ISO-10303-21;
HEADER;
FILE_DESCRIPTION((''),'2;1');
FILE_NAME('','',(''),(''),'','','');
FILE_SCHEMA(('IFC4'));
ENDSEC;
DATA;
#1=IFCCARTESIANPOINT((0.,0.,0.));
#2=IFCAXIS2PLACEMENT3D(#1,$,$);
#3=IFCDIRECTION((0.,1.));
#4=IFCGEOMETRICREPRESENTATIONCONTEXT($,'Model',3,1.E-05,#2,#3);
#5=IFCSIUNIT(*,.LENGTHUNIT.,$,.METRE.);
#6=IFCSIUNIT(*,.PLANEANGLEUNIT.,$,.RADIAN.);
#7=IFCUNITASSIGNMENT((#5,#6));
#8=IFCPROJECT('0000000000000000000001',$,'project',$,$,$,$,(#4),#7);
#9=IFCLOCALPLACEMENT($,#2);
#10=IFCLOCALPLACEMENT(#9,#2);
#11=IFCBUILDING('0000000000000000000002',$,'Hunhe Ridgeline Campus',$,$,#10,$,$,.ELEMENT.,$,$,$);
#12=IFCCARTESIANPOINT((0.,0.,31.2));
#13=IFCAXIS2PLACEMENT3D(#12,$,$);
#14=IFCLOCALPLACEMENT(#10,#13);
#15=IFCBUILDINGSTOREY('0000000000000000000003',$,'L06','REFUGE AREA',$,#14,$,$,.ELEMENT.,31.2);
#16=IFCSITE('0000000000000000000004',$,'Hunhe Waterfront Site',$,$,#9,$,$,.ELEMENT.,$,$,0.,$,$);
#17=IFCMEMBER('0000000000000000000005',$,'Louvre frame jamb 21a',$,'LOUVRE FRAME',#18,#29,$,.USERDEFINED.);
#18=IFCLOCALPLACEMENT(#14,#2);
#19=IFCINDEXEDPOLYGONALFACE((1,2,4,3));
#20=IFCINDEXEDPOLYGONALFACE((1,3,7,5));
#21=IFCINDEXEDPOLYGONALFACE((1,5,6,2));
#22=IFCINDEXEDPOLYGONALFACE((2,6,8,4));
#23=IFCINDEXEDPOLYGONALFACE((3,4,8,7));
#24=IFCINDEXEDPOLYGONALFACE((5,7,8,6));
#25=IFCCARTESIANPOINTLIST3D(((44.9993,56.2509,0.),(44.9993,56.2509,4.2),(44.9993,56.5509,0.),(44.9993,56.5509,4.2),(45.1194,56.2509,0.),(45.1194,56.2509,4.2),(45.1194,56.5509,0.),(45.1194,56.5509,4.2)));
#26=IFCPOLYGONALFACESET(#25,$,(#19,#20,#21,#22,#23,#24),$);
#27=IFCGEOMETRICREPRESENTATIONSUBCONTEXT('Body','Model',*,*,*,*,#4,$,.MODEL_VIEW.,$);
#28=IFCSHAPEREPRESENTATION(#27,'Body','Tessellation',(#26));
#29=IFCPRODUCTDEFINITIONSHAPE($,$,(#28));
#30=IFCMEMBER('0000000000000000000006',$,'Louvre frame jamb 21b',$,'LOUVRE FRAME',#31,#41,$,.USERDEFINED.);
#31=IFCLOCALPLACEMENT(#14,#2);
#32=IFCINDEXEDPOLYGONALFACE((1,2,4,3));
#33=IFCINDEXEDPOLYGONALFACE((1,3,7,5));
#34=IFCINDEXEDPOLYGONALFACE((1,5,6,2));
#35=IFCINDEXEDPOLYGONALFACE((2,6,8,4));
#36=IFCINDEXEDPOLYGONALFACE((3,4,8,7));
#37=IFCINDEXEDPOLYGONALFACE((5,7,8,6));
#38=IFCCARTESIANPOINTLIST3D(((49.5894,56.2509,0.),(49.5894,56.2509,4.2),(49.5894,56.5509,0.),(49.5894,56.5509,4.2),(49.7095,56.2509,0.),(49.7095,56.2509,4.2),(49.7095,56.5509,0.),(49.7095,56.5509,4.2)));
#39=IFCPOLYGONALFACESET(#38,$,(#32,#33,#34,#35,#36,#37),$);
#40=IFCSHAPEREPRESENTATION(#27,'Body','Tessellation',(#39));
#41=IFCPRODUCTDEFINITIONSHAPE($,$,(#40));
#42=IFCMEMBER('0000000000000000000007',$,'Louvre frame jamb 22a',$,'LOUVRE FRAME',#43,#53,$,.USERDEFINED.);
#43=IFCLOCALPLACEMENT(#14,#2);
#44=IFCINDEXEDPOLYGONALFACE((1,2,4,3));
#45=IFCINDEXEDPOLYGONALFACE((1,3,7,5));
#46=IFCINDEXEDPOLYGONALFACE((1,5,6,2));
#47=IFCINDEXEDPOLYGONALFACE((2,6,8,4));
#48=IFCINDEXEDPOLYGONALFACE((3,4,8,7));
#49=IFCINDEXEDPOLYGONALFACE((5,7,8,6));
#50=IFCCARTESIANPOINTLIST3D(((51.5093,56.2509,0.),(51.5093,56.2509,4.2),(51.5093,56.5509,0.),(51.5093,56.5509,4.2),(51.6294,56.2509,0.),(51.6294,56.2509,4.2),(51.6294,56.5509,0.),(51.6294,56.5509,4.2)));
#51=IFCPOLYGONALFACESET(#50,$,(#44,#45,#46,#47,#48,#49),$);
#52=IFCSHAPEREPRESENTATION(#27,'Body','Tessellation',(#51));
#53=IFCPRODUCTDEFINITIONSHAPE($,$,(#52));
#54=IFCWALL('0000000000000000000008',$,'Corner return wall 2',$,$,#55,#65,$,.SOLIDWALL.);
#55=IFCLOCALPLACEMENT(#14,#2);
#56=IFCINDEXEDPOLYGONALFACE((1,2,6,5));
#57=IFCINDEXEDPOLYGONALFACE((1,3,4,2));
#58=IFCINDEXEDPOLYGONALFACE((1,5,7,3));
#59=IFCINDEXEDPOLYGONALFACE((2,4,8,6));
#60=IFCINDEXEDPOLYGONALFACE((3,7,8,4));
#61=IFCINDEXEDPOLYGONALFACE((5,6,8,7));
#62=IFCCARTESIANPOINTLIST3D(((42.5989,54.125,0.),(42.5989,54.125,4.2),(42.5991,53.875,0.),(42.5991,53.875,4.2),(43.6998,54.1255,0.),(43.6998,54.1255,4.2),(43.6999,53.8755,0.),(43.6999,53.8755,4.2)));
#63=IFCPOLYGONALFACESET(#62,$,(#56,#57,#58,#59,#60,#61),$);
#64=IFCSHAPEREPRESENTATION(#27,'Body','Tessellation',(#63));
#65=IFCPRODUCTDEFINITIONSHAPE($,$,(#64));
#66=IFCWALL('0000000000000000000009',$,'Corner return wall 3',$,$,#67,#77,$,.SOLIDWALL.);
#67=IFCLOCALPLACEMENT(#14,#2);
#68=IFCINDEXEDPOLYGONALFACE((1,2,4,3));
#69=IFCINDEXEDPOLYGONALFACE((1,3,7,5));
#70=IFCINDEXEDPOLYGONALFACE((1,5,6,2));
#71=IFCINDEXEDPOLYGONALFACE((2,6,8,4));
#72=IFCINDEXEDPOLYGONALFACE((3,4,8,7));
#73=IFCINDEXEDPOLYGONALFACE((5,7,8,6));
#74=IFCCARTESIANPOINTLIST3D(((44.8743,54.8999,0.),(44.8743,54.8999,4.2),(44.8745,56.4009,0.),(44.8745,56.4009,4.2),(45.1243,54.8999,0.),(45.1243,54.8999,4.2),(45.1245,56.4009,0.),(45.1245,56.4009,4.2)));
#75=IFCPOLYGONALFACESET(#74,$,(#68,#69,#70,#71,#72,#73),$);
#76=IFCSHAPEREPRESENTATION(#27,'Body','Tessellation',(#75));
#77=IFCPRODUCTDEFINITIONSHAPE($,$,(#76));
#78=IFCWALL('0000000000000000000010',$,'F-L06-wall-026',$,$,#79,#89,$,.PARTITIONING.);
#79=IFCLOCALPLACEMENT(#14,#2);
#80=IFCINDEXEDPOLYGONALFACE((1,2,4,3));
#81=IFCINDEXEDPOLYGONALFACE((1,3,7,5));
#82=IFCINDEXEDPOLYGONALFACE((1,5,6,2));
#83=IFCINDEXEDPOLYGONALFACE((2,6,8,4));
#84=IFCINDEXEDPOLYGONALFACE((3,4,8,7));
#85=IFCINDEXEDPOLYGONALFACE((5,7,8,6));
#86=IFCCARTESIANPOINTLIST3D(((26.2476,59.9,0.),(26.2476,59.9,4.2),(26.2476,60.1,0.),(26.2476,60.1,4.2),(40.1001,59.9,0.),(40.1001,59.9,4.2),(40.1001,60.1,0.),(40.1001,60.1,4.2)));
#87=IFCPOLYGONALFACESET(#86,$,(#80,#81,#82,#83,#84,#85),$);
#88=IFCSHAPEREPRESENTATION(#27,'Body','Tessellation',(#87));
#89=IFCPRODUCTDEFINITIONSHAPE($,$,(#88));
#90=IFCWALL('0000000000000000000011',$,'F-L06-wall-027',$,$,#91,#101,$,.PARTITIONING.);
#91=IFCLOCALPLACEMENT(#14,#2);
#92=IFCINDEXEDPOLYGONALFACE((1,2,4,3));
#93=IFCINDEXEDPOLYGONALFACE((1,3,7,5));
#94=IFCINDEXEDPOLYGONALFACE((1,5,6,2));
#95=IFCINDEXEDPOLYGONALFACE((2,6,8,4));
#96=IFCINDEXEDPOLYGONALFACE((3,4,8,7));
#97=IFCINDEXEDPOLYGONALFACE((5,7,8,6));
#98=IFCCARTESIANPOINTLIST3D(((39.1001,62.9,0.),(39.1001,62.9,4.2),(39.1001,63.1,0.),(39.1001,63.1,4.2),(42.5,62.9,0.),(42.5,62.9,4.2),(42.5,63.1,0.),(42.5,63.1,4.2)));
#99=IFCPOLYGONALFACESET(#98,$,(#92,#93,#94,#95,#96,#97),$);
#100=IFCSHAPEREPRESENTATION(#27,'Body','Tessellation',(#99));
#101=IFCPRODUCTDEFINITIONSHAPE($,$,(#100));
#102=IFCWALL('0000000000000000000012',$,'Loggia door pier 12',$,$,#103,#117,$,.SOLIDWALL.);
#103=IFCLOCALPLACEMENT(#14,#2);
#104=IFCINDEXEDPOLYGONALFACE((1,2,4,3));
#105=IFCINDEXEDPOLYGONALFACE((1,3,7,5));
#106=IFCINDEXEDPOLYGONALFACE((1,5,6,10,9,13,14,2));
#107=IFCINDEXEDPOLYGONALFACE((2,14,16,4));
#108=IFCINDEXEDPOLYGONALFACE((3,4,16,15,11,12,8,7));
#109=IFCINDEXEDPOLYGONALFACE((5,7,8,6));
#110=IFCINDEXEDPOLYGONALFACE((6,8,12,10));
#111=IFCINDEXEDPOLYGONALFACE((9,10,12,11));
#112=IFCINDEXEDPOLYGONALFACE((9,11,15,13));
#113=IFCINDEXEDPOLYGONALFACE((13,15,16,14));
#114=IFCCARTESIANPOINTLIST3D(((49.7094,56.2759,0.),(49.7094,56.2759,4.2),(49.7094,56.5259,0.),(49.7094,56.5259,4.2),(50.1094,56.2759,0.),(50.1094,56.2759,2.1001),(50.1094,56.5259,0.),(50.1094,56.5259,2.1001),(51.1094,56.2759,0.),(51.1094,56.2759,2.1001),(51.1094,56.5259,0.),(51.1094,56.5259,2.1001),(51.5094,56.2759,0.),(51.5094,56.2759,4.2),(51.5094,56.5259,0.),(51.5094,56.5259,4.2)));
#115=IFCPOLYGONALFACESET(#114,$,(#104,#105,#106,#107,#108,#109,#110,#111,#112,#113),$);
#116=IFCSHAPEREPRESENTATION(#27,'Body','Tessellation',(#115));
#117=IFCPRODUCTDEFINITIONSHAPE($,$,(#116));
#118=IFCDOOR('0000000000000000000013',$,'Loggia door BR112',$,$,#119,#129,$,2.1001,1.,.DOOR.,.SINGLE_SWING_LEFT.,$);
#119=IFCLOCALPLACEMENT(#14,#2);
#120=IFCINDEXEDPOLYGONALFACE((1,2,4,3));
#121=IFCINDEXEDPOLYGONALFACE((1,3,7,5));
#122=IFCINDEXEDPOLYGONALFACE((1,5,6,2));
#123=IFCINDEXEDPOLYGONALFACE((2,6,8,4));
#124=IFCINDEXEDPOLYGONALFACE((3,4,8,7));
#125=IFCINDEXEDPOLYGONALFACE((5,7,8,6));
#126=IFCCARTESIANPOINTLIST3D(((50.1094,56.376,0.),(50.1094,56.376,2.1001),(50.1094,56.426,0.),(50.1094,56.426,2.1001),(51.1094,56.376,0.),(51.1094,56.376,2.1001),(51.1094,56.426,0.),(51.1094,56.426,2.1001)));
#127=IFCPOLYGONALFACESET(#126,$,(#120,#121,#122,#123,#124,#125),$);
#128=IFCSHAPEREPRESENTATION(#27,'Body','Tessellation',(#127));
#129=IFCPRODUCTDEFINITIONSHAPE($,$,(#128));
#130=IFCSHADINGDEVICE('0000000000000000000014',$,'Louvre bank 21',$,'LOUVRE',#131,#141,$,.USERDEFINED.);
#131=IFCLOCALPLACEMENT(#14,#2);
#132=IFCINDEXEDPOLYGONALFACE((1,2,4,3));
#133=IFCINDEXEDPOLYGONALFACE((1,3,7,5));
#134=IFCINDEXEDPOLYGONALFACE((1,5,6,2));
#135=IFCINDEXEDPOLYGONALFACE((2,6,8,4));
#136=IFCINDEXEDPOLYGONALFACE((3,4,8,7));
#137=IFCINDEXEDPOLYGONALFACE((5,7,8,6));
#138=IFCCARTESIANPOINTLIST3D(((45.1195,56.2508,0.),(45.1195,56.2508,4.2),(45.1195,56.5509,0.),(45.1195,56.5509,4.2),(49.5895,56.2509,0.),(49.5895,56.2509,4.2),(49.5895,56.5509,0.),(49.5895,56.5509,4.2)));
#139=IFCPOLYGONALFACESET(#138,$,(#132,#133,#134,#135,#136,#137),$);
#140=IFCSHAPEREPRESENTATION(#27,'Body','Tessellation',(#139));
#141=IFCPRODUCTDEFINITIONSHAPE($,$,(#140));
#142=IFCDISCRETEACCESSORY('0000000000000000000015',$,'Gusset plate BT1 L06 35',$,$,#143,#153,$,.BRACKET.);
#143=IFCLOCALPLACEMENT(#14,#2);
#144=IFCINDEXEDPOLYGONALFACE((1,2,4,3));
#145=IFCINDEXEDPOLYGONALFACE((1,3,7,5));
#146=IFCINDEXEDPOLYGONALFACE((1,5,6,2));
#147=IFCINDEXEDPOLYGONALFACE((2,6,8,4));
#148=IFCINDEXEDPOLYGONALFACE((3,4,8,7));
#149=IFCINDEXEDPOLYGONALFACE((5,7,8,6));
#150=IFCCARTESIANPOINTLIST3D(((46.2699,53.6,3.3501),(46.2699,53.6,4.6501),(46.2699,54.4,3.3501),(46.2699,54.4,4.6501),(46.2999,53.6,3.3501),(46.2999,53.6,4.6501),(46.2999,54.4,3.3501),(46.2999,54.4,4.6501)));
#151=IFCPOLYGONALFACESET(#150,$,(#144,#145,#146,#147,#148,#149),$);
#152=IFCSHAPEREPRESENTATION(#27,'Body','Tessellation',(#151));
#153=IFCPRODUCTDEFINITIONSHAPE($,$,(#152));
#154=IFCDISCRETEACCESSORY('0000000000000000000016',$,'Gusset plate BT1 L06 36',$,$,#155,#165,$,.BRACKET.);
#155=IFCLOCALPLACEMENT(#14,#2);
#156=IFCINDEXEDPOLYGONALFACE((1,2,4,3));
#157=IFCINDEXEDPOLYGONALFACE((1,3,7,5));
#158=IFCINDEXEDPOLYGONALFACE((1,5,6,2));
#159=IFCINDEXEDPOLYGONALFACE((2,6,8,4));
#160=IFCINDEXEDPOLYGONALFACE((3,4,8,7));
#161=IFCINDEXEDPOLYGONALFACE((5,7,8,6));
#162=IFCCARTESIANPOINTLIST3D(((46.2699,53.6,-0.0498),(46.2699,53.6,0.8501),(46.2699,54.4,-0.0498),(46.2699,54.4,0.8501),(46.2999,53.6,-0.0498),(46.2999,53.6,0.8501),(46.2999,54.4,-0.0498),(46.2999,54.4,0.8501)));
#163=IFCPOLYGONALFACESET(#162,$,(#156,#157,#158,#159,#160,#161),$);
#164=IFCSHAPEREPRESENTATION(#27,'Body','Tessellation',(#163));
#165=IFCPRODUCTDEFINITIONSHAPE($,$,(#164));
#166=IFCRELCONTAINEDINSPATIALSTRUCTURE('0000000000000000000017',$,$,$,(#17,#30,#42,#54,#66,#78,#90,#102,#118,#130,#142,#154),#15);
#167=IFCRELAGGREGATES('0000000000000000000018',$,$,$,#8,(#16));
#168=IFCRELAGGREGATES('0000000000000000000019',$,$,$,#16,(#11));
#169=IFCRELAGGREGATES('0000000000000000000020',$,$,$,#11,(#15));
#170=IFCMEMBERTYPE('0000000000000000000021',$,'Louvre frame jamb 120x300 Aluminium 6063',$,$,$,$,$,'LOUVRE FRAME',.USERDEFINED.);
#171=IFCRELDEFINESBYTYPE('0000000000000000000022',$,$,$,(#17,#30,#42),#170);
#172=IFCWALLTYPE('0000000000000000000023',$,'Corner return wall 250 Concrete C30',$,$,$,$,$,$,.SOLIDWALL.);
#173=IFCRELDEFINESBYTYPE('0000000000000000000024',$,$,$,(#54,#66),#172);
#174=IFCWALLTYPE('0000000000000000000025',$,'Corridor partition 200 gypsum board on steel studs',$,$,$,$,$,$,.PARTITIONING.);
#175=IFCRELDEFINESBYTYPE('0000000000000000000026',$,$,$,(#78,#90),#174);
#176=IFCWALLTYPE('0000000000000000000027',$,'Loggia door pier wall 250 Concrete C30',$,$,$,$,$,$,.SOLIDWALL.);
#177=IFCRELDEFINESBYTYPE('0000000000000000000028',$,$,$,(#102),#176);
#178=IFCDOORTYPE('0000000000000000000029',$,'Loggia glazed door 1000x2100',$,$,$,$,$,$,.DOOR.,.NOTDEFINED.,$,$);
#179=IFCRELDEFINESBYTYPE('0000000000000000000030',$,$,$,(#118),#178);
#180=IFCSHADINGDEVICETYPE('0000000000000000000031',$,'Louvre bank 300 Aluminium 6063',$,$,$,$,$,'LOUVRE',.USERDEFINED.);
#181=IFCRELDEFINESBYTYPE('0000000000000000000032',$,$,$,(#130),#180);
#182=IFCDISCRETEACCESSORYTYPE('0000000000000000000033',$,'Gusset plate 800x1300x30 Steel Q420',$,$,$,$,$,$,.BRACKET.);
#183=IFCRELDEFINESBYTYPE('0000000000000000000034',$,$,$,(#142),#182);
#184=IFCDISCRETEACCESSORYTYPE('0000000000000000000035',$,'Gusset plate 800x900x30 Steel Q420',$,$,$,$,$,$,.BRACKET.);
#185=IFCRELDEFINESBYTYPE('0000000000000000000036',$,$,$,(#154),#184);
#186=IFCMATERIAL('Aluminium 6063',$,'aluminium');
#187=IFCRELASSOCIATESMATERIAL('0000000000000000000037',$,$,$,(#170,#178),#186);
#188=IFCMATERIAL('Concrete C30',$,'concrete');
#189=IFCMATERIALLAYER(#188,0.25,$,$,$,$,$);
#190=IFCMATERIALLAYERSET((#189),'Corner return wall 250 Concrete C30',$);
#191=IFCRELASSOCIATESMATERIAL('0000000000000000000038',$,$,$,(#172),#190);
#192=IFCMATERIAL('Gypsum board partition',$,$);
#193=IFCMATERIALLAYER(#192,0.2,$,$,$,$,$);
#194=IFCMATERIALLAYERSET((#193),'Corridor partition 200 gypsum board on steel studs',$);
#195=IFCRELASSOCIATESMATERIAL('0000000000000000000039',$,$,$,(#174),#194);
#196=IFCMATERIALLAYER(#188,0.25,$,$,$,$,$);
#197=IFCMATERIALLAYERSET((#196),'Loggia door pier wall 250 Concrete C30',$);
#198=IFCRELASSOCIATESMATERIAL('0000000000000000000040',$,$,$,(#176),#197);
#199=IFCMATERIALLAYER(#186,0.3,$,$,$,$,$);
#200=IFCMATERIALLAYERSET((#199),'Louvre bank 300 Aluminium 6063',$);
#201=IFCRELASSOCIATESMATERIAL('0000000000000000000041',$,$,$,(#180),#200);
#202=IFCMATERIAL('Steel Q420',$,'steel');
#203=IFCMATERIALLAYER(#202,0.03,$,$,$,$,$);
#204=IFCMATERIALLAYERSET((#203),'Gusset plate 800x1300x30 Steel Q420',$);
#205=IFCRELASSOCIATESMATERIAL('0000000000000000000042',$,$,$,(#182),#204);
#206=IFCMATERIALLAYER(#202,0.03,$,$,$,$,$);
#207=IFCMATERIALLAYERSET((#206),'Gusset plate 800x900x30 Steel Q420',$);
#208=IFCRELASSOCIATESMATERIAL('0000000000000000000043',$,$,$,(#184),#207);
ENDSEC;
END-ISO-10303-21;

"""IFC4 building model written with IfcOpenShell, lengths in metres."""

from ifc_helpers import new_model, si_unit, direction, frame, frame_2d, origin, origin_2d, place, context, subcontext, project, spatial, rectangle, extrude, material, layer, layer_set, material_profile, profile_set, type_object, element, fill, save


model = new_model("IFC4")

# Units and contexts
model_context = context("Model", 3, precision=1e-05, world=origin(), true_north=direction((0.0, 1.0)))
body_context = subcontext(model_context, "Body", "Model", "MODEL_VIEW")
ifc_project = project(units=[si_unit("LENGTHUNIT", "METRE"), si_unit("PLANEANGLEUNIT", "RADIAN")], contexts=[model_context])

# Site, building, storey
site_placement = place(None, origin())
site = spatial("IfcSite", under=ifc_project, at=site_placement, Name="Hunhe Waterfront Site", CompositionType="ELEMENT", RefElevation=0.0)
building_placement = place(site_placement, origin())
building = spatial("IfcBuilding", under=site, at=building_placement, Name="Hunhe Ridgeline Campus", CompositionType="ELEMENT")
storey_placement = place(building_placement, frame((0.0, 0.0, 31.2)))
storey = spatial("IfcBuildingStorey", under=building, at=storey_placement, Name="L06", Description="REFUGE AREA", CompositionType="ELEMENT", Elevation=31.2)

# Members
ifc_material_1 = material(Name="Steel Q420", Category="steel")
ifc_material_2 = material(Name="Aluminium 6063", Category="aluminium")
ifc_material_profile_1 = material_profile(ifc_material_2, rectangle(XDim=0.3, YDim=0.1201, at=origin_2d()))
ifc_profile_set_1 = profile_set([ifc_material_profile_1], Name="Aluminium 6063")
member_type_1 = type_object("IfcMemberType", Name="Louvre frame jamb 120x300 Aluminium 6063", ElementType="LOUVRE FRAME", PredefinedType="USERDEFINED", material=ifc_profile_set_1)
for number, where, z_axis, x_axis, name in (
    (1, (45.0593, 56.4009, 0.0), (0.0, 0.0, 1.0), (-0.000004, 1.0, 0.0), "Louvre frame jamb 21a"),
    (2, (49.6494, 56.4009, 0.0), (0.0, 0.0, 1.0), (-0.000004, 1.0, 0.0), "Louvre frame jamb 21b"),
    (3, (51.5693, 56.4009, 0.0), (0.0, 0.0, 1.0), (-0.000004, 1.0, 0.0), "Louvre frame jamb 22a"),
):
    element("IfcMember", number, at=place(storey_placement, frame(where, z_axis=z_axis, x_axis=x_axis)), inside=storey, type_object=member_type_1, Name=name, ObjectType="LOUVRE FRAME", PredefinedType="USERDEFINED", context=body_context, shape_type="SweptSolid", body=[
        extrude(rectangle(XDim=0.3, YDim=0.1201, at=origin_2d()), origin(), (0.0, 0.0, 1.0), 4.2),
    ])

# Walls
ifc_material_3 = material(Name="Concrete C30", Category="concrete")
ifc_layer_1 = layer(ifc_material_3, 0.25)
ifc_layer_set_1 = layer_set([ifc_layer_1], Name="Corner return wall 250 Concrete C30")
wall_type_1 = type_object("IfcWallType", Name="Corner return wall 250 Concrete C30", PredefinedType="SOLIDWALL", material=ifc_layer_set_1)
wall_1_placement = place(storey_placement, frame((42.5991, 54.0, 0.0), z_axis=(0.0, 0.0, 1.0), x_axis=(1.0, 0.000444, 0.0)))
element("IfcWall", 4, at=wall_1_placement, inside=storey, type_object=wall_type_1, Name="Corner return wall 2", PredefinedType="SOLIDWALL", context=body_context, shape_type="SweptSolid", body=[
    extrude(rectangle(XDim=1.1008, YDim=0.25, at=frame_2d((0.5503, 0.0))), origin(), (0.0, 0.0, 1.0), 4.2),
])
wall_2_placement = place(storey_placement, frame((44.9993, 54.8999, 0.0), z_axis=(0.0, 0.0, 1.0), x_axis=(0.000163, 1.0, 0.0)))
element("IfcWall", 5, at=wall_2_placement, inside=storey, type_object=wall_type_1, Name="Corner return wall 3", PredefinedType="SOLIDWALL", context=body_context, shape_type="SweptSolid", body=[
    extrude(rectangle(XDim=1.501, YDim=0.25, at=frame_2d((0.7505, 0.0))), origin(), (0.0, 0.0, 1.0), 4.2),
])
ifc_material_4 = material(Name="Gypsum board partition")
ifc_layer_2 = layer(ifc_material_4, 0.2)
ifc_layer_set_2 = layer_set([ifc_layer_2], Name="Corridor partition 200 gypsum board on steel studs")
wall_type_2 = type_object("IfcWallType", Name="Corridor partition 200 gypsum board on steel studs", PredefinedType="PARTITIONING", material=ifc_layer_set_2)
wall_3_placement = place(storey_placement, frame((40.1001, 60.0, 0.0), z_axis=(0.0, 0.0, 1.0), x_axis=(-1.0, 0.0, 0.0)))
element("IfcWall", 6, at=wall_3_placement, inside=storey, type_object=wall_type_2, Name="F-L06-wall-026", PredefinedType="PARTITIONING", context=body_context, shape_type="SweptSolid", body=[
    extrude(rectangle(XDim=13.8525, YDim=0.2, at=frame_2d((6.9263, 0.0))), origin(), (0.0, 0.0, 1.0), 4.2),
])
wall_4_placement = place(storey_placement, frame((39.1001, 63.0, 0.0), z_axis=(0.0, 0.0, 1.0), x_axis=(1.0, 0.0, 0.0)))
element("IfcWall", 7, at=wall_4_placement, inside=storey, type_object=wall_type_2, Name="F-L06-wall-027", PredefinedType="PARTITIONING", context=body_context, shape_type="SweptSolid", body=[
    extrude(rectangle(XDim=3.3999, YDim=0.2, at=frame_2d((1.7, 0.0))), origin(), (0.0, 0.0, 1.0), 4.2),
])

# Wall, opening, door
ifc_layer_3 = layer(ifc_material_3, 0.25)
ifc_layer_set_3 = layer_set([ifc_layer_3], Name="Loggia door pier wall 250 Concrete C30")
wall_type_3 = type_object("IfcWallType", Name="Loggia door pier wall 250 Concrete C30", PredefinedType="SOLIDWALL", material=ifc_layer_set_3)
wall_5_placement = place(storey_placement, frame((49.7095, 56.4009, 0.0), z_axis=(0.0, 0.0, 1.0), x_axis=(1.0, 0.0, 0.0)))
wall_5 = element("IfcWall", 8, at=wall_5_placement, inside=storey, type_object=wall_type_3, Name="Loggia door pier 12", PredefinedType="SOLIDWALL", context=body_context, shape_type="SweptSolid", body=[
    extrude(rectangle(XDim=1.8, YDim=0.25, at=frame_2d((0.8999, 0.0))), origin(), (0.0, 0.0, 1.0), 4.2),
])
opening_1_placement = place(wall_5_placement, frame((0.3999, 0.0, 0.0)))
opening_1 = element("IfcOpeningElement", 9, at=opening_1_placement, cuts=wall_5, PredefinedType="OPENING", context=body_context, shape_type="SweptSolid", body=[
    extrude(rectangle(XDim=1.0, YDim=2.1001, at=frame_2d((0.5, 1.05))), frame((0.0, 0.125, 0.0), z_axis=(0.0, -1.0, 0.0), x_axis=(1.0, 0.0, 0.0)), (0.0, 0.0, 1.0), 0.25),
])
door_type_1 = type_object("IfcDoorType", Name="Loggia glazed door 1000x2100", OperationType="NOTDEFINED", PredefinedType="DOOR", material=ifc_material_2)
door_1_placement = place(opening_1_placement, frame((1.0, 0.0, 0.0), z_axis=(0.0, 0.0, 1.0), x_axis=(-1.0, 0.0, 0.0)))
door_1 = element("IfcDoor", 10, at=door_1_placement, inside=storey, type_object=door_type_1, Name="Loggia door BR112", OperationType="SINGLE_SWING_LEFT", OverallHeight=2.1001, OverallWidth=1.0, PredefinedType="DOOR", context=body_context, shape_type="SweptSolid", body=[
    extrude(rectangle(XDim=1.0, YDim=2.1001, at=frame_2d((0.5, 1.05))), frame((0.0, 0.0249, 0.0), z_axis=(0.0, -1.0, 0.0), x_axis=(1.0, 0.0, 0.0)), (0.0, 0.0, 1.0), 0.05),
])
fill(opening_1, door_1)

# Shading device
ifc_layer_4 = layer(ifc_material_2, 0.3)
ifc_layer_set_4 = layer_set([ifc_layer_4], Name="Louvre bank 300 Aluminium 6063")
shading_device_type = type_object("IfcShadingDeviceType", Name="Louvre bank 300 Aluminium 6063", ElementType="LOUVRE", PredefinedType="USERDEFINED", material=ifc_layer_set_4)
shading_device_placement = place(storey_placement, frame((47.3545, 56.4009, 0.0), z_axis=(0.0, 0.0, 1.0), x_axis=(1.0, 0.000004, 0.0)))
element("IfcShadingDevice", 11, at=shading_device_placement, inside=storey, type_object=shading_device_type, Name="Louvre bank 21", ObjectType="LOUVRE", PredefinedType="USERDEFINED", context=body_context, shape_type="SweptSolid", body=[
    extrude(rectangle(XDim=4.47, YDim=0.3, at=origin_2d()), origin(), (0.0, 0.0, 1.0), 4.2),
])

# Discrete accessories
ifc_layer_5 = layer(ifc_material_1, 0.03)
ifc_layer_set_5 = layer_set([ifc_layer_5], Name="Gusset plate 800x1300x30 Steel Q420")
discrete_accessory_type_1 = type_object("IfcDiscreteAccessoryType", Name="Gusset plate 800x1300x30 Steel Q420", PredefinedType="BRACKET", material=ifc_layer_set_5)
discrete_accessory_1_placement = place(storey_placement, frame((46.2849, 54.0, 3.3501), z_axis=(0.0, 0.0, 1.0), x_axis=(-1.0, 0.0, 0.0)))
element("IfcDiscreteAccessory", 12, at=discrete_accessory_1_placement, inside=storey, type_object=discrete_accessory_type_1, Name="Gusset plate BT1 L06 35", PredefinedType="BRACKET", context=body_context, shape_type="SweptSolid", body=[
    extrude(rectangle(XDim=0.03, YDim=0.8, at=origin_2d()), origin(), (0.0, 0.0, 1.0), 1.3),
])
ifc_layer_6 = layer(ifc_material_1, 0.03)
ifc_layer_set_6 = layer_set([ifc_layer_6], Name="Gusset plate 800x900x30 Steel Q420")
discrete_accessory_type_2 = type_object("IfcDiscreteAccessoryType", Name="Gusset plate 800x900x30 Steel Q420", PredefinedType="BRACKET", material=ifc_layer_set_6)
discrete_accessory_2_placement = place(storey_placement, frame((46.2849, 54.0, -0.0498), z_axis=(0.0, 0.0, 1.0), x_axis=(-1.0, 0.0, 0.0)))
element("IfcDiscreteAccessory", 13, at=discrete_accessory_2_placement, inside=storey, type_object=discrete_accessory_type_2, Name="Gusset plate BT1 L06 36", PredefinedType="BRACKET", context=body_context, shape_type="SweptSolid", body=[
    extrude(rectangle(XDim=0.03, YDim=0.8, at=origin_2d()), origin(), (0.0, 0.0, 1.0), 0.8999),
])

save(model, "model.ifc")
